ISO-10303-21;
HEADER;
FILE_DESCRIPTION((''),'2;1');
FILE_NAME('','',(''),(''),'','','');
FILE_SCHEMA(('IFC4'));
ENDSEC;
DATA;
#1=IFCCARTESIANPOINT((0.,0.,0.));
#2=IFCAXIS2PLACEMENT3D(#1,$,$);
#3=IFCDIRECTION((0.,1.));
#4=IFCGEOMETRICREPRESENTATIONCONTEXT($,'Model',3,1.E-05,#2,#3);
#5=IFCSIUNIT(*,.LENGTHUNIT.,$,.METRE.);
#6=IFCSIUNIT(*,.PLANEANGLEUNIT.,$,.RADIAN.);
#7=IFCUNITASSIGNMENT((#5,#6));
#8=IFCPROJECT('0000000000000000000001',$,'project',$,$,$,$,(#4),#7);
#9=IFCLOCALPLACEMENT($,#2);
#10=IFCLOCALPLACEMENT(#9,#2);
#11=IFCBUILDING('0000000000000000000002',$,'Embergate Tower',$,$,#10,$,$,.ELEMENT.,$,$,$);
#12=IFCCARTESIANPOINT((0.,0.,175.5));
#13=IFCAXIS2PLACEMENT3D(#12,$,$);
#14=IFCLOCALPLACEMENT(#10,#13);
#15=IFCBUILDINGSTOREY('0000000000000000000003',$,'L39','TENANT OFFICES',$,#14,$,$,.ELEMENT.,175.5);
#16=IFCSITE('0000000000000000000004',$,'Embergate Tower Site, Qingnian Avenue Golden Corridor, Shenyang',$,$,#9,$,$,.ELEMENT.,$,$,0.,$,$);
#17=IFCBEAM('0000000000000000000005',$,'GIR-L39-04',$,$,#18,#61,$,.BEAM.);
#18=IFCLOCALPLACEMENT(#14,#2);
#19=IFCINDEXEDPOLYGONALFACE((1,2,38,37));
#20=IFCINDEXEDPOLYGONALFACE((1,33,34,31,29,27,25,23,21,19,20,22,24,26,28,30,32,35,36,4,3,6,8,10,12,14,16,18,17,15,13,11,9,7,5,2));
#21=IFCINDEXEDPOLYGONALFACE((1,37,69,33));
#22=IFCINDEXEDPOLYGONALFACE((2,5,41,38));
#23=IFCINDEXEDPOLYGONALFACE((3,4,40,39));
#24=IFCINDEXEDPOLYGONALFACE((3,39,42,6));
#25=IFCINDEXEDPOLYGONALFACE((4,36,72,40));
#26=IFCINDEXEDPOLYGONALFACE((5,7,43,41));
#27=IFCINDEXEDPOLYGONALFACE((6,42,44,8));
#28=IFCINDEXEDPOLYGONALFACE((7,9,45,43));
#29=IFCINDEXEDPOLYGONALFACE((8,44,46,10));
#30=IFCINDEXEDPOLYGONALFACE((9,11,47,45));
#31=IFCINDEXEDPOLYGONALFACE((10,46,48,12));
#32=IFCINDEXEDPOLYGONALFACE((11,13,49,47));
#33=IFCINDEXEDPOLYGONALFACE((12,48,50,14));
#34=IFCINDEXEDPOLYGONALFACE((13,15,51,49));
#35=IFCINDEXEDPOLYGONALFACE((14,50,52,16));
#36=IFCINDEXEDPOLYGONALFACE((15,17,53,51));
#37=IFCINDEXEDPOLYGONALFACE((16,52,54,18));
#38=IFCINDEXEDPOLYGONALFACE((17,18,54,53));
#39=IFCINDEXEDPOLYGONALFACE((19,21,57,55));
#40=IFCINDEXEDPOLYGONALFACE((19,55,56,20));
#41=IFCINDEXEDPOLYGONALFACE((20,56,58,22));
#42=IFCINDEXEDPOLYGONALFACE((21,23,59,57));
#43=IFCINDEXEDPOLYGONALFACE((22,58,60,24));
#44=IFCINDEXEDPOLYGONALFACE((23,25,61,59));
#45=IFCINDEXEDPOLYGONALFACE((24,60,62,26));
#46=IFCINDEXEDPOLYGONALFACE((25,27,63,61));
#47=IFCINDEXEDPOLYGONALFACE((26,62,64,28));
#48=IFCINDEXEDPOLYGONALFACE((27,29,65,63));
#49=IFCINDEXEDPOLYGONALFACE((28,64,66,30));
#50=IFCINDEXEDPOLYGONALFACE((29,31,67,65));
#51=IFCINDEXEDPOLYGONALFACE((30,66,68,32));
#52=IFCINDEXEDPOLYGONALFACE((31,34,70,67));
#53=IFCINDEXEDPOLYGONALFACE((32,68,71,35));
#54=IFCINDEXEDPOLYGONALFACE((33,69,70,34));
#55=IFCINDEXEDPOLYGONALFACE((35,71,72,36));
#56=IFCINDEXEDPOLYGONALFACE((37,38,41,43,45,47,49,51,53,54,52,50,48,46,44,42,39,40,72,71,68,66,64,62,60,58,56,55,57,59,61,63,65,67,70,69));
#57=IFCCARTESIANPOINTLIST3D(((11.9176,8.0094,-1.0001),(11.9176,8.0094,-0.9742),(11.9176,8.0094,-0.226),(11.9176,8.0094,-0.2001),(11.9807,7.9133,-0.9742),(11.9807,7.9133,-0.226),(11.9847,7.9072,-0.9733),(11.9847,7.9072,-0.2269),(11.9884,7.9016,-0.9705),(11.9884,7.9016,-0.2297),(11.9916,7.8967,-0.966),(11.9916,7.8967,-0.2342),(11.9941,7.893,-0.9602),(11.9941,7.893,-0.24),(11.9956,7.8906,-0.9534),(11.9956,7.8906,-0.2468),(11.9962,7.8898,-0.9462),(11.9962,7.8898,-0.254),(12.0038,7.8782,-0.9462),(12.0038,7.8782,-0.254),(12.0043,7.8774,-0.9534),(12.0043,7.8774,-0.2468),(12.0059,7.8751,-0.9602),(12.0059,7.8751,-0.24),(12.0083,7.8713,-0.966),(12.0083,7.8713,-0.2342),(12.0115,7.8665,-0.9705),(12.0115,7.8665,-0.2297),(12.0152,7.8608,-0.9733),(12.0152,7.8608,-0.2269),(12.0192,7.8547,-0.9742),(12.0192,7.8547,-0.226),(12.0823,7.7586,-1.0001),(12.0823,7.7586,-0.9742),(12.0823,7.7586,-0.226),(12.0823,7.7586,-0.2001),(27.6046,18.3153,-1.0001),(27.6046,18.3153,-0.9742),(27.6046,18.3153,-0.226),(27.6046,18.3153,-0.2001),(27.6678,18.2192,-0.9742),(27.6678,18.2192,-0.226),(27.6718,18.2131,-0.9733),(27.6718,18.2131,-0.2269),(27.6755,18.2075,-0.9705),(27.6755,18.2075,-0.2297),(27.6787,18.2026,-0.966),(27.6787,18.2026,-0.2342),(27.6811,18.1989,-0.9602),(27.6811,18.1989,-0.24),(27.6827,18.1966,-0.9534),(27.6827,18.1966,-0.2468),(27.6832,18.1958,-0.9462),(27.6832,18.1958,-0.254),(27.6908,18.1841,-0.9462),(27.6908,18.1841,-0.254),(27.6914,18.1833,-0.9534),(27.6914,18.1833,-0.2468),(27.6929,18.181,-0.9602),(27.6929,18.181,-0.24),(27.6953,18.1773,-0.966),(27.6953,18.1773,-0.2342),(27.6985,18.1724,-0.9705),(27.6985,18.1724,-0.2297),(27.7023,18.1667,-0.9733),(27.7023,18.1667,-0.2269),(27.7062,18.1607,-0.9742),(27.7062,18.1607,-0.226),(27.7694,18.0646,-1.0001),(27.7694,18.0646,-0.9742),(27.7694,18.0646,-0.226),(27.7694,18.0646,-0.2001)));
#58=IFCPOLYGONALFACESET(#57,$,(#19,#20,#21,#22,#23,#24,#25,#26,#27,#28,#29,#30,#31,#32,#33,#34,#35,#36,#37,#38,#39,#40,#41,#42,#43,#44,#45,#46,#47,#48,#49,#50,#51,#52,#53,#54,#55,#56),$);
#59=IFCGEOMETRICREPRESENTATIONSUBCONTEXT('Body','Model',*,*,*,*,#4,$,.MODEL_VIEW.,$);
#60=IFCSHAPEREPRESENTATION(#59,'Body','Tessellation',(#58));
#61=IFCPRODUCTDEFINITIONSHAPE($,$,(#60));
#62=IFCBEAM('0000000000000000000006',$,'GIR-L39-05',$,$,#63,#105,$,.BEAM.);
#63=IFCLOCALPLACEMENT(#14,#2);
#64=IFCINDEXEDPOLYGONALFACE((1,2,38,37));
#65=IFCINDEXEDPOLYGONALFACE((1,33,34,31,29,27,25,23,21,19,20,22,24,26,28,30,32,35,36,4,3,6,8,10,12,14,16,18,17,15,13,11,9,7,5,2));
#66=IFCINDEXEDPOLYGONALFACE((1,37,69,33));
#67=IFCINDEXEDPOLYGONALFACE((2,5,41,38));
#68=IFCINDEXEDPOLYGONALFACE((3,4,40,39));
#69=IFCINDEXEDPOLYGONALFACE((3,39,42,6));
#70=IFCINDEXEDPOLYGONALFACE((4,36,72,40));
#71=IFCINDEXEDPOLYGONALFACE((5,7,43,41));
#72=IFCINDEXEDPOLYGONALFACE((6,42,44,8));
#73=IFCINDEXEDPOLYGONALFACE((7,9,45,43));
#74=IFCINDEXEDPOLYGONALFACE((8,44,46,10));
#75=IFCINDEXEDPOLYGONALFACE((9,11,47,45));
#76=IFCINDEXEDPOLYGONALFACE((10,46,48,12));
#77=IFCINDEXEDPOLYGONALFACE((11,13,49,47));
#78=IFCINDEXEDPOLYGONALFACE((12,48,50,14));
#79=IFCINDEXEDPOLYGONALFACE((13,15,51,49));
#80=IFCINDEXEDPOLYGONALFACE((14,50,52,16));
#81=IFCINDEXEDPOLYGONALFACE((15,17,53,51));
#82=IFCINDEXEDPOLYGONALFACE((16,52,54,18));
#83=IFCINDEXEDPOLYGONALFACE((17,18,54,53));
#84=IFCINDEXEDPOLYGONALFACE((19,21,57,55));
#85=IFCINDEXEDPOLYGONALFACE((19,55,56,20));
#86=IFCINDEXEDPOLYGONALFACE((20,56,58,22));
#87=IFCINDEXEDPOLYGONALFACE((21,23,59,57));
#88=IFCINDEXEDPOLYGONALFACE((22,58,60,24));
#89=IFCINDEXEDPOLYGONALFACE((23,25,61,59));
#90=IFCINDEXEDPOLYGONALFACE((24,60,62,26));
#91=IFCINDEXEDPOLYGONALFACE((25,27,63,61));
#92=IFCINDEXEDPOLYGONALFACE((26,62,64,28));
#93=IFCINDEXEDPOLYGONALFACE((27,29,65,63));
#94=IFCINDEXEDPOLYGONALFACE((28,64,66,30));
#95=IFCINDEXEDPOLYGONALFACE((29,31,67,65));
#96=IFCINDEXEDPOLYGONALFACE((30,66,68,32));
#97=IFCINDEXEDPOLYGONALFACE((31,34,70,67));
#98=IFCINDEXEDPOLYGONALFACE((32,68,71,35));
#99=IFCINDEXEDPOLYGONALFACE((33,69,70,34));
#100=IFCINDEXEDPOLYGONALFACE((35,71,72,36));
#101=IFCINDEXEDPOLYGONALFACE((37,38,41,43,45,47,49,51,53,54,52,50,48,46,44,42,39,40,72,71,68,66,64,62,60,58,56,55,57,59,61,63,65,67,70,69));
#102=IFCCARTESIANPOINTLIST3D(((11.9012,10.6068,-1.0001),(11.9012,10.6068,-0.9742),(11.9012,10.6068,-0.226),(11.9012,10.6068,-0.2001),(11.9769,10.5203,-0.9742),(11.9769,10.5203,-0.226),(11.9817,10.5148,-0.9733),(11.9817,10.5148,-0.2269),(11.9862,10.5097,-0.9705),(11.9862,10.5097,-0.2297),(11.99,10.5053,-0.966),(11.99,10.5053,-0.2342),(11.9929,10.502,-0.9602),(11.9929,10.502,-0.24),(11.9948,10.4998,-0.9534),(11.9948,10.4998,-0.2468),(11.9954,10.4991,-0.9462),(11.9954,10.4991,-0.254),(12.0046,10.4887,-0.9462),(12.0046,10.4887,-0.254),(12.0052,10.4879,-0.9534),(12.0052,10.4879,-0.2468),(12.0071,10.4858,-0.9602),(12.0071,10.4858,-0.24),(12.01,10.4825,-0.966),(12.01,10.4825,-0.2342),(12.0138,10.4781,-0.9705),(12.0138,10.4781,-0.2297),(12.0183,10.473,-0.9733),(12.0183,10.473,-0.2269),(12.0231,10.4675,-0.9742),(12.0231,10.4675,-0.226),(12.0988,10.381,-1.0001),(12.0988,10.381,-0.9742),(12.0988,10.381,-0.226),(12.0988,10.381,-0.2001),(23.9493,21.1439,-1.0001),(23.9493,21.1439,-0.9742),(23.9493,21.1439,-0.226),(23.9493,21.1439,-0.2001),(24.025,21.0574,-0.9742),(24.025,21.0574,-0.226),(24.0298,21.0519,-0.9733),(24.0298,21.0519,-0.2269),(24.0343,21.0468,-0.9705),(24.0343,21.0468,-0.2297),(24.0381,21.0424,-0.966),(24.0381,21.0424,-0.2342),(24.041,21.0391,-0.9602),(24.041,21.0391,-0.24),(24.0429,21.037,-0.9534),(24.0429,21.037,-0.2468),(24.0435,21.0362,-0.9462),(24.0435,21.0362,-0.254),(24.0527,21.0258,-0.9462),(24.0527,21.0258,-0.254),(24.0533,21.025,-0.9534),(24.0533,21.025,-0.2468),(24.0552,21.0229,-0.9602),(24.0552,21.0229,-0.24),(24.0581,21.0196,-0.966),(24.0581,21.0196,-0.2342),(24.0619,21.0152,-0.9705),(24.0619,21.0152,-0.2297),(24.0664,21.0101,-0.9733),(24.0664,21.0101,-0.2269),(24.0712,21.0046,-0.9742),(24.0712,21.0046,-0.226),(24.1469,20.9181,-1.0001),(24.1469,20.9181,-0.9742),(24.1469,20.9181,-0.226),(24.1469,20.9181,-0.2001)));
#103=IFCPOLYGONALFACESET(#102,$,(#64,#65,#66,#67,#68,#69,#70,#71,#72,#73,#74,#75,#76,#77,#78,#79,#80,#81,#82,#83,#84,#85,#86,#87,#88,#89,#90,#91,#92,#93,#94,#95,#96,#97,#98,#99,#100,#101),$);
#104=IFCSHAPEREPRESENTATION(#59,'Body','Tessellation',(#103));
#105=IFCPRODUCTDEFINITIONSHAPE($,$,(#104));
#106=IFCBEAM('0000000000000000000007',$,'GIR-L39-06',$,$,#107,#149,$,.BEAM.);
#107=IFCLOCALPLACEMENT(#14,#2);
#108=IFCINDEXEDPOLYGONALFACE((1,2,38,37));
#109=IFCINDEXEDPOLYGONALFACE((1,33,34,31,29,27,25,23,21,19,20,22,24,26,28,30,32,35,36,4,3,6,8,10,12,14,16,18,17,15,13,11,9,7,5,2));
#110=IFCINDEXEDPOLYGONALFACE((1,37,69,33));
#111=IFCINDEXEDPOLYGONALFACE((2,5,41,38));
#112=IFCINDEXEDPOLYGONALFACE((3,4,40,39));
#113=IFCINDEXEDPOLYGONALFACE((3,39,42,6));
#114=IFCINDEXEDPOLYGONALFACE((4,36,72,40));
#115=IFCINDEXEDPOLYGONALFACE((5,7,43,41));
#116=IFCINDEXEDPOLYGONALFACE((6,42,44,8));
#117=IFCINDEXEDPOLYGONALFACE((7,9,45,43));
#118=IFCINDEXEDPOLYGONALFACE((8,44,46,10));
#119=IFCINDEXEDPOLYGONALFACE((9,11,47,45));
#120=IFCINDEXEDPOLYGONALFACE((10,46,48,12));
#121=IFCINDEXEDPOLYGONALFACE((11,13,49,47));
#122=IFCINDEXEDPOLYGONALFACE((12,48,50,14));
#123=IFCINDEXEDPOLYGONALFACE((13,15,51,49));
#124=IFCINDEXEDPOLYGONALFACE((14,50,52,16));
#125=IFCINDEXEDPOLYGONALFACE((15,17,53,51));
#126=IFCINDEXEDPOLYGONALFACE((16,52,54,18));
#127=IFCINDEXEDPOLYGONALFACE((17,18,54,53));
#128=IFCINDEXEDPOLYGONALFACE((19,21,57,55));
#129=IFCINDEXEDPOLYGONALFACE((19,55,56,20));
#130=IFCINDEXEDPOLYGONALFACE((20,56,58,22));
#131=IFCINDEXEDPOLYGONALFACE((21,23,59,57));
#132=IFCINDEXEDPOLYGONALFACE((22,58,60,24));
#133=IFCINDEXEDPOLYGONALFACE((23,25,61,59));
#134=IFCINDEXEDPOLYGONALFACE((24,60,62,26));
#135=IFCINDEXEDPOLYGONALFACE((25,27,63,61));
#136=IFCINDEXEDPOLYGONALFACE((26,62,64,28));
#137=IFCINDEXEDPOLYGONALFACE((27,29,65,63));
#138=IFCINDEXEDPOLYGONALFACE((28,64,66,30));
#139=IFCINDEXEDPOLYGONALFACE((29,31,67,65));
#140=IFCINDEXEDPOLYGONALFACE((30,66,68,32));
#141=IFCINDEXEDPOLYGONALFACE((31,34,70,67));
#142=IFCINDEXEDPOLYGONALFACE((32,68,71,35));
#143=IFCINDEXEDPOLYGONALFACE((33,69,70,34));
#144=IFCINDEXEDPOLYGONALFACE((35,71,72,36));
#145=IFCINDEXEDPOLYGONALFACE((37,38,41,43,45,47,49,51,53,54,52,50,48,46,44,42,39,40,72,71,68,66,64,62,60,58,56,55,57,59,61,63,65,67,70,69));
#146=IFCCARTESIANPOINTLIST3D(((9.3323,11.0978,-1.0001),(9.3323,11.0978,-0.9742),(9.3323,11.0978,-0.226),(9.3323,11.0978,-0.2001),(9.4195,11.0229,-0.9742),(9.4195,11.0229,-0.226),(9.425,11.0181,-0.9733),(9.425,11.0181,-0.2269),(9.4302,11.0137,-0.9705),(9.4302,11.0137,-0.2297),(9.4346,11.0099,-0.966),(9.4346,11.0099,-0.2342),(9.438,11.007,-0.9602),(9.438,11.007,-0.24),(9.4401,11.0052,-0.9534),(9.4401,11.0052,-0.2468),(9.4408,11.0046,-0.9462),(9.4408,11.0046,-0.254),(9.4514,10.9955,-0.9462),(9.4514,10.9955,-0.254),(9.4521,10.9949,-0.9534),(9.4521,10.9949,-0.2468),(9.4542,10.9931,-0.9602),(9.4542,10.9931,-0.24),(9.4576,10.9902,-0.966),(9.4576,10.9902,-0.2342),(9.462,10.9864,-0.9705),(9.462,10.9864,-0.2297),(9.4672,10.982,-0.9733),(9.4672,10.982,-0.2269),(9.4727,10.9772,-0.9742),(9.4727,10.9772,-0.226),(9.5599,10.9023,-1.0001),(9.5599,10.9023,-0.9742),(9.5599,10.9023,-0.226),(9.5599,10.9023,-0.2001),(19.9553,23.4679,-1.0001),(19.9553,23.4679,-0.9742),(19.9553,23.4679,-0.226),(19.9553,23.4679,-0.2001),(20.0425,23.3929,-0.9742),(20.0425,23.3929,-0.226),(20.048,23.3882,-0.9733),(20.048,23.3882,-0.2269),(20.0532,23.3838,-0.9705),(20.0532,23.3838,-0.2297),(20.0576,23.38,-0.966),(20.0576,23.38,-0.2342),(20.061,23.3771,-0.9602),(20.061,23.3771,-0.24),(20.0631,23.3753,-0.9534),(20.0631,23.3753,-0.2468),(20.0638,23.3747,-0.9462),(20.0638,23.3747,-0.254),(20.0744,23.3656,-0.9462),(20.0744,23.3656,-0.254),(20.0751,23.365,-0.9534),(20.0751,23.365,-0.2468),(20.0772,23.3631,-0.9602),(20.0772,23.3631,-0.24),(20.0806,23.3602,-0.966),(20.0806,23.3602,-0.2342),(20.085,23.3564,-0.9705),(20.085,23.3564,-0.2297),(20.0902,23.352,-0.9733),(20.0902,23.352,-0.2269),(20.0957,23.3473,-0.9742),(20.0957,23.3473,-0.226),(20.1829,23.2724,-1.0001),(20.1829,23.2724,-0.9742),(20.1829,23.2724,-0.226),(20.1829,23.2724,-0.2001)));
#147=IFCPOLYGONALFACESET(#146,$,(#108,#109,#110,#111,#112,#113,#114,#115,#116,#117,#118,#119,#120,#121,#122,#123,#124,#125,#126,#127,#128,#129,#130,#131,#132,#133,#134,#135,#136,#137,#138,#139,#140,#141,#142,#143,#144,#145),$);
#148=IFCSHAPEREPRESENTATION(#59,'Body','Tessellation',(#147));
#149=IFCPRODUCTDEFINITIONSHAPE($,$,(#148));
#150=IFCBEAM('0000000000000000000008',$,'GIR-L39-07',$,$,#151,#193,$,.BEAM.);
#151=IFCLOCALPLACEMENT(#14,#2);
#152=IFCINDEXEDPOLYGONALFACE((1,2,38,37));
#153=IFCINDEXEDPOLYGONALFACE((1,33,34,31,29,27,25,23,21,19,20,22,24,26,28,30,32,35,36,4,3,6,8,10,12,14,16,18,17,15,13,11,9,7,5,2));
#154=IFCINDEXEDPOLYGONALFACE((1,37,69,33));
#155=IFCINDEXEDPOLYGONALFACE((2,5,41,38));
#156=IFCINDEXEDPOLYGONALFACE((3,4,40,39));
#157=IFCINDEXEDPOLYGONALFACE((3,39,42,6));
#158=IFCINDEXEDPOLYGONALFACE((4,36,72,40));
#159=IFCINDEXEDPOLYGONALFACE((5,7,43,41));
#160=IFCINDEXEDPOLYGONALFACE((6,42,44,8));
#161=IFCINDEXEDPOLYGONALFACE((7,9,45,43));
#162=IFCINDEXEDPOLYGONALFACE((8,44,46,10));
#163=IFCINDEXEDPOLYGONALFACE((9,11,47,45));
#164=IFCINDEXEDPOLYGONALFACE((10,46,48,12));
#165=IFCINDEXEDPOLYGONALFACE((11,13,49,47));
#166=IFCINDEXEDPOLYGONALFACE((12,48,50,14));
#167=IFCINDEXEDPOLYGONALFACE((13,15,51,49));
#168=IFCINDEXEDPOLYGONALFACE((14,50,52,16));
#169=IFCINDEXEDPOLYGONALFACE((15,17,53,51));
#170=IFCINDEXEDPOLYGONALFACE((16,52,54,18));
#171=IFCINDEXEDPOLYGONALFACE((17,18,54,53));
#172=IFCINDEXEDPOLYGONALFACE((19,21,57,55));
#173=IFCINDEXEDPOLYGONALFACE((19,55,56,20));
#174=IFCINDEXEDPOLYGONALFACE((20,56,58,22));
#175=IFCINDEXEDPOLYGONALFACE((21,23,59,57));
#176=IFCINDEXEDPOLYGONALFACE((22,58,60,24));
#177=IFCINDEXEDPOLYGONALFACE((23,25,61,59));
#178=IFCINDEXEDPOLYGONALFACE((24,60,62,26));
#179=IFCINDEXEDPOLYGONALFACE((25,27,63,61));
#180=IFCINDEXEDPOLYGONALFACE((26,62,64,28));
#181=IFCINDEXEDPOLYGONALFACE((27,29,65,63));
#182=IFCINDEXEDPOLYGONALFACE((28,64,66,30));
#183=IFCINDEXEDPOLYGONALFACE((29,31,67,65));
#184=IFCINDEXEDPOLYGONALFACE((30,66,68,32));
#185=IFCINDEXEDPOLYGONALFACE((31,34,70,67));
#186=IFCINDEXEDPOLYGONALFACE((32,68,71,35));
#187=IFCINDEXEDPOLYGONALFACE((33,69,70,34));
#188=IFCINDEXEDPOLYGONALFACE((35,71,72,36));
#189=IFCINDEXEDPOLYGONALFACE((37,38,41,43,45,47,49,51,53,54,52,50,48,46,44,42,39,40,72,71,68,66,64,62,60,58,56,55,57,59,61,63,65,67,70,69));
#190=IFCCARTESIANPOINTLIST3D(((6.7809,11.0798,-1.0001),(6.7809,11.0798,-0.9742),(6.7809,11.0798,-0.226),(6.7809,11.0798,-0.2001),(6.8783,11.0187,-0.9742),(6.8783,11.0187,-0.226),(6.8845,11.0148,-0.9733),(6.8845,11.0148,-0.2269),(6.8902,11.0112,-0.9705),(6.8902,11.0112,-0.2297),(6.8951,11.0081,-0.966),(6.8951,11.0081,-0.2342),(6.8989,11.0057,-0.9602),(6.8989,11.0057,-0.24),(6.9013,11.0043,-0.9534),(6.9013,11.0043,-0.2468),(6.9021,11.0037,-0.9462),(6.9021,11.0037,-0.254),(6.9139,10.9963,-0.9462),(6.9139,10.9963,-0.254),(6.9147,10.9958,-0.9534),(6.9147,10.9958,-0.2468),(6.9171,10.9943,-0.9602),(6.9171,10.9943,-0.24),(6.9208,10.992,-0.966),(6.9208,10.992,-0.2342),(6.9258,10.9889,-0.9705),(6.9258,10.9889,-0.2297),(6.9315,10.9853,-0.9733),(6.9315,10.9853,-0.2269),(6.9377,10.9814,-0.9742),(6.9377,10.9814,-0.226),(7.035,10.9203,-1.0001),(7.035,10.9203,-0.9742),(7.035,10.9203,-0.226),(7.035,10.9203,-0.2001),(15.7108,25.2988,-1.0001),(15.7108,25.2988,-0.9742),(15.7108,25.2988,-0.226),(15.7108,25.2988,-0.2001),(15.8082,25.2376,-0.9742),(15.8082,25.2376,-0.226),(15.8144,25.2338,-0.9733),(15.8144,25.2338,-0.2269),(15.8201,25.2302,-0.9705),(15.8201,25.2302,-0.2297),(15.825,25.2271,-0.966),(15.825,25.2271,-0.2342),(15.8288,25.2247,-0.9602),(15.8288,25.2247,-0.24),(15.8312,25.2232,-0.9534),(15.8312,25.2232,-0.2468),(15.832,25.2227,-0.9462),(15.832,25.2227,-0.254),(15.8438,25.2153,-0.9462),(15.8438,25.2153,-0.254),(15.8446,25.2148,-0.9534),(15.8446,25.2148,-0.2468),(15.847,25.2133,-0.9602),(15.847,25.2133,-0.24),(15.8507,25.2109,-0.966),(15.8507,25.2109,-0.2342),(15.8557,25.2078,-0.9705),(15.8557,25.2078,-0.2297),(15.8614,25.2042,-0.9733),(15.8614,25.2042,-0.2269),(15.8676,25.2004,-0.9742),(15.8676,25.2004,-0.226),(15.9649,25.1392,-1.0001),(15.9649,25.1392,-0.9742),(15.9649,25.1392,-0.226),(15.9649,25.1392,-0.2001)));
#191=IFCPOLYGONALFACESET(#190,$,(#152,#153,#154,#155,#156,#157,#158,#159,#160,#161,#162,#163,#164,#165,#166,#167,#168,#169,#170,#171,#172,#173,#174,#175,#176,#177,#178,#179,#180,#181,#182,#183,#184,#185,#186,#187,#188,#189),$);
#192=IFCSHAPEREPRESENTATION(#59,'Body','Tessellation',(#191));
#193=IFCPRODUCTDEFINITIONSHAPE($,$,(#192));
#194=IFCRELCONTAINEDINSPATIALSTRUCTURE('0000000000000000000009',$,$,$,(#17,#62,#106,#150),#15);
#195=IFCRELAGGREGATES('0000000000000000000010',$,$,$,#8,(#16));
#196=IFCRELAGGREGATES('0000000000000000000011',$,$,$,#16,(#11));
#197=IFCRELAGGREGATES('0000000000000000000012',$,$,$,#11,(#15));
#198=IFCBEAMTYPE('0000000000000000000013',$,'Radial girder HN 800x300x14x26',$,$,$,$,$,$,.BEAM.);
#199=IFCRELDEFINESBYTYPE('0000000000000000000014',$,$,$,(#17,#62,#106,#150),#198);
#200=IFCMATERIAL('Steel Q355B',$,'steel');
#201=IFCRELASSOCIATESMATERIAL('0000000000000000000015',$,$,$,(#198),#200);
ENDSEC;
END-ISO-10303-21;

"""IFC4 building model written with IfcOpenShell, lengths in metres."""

from ifc_helpers import new_model, si_unit, direction, frame, origin, origin_2d, place, context, subcontext, project, spatial, i_section, extrude, source, transform, mapped, material, material_profile, profile_set, type_object, element, save


model = new_model("IFC4")

# Units and contexts
model_context = context("Model", 3, precision=1e-05, world=origin(), true_north=direction((0.0, 1.0)))
body_context = subcontext(model_context, "Body", "Model", "MODEL_VIEW")
ifc_project = project(units=[si_unit("LENGTHUNIT", "METRE"), si_unit("PLANEANGLEUNIT", "RADIAN")], contexts=[model_context])

# Site, building, storey
site_placement = place(None, origin())
site = spatial("IfcSite", under=ifc_project, at=site_placement, Name="Embergate Tower Site, Qingnian Avenue Golden Corridor, Shenyang", CompositionType="ELEMENT", RefElevation=0.0)
building_placement = place(site_placement, origin())
building = spatial("IfcBuilding", under=site, at=building_placement, Name="Embergate Tower", CompositionType="ELEMENT")
storey_placement = place(building_placement, frame((0.0, 0.0, 175.5)))
storey = spatial("IfcBuildingStorey", under=building, at=storey_placement, Name="L39", Description="TENANT OFFICES", CompositionType="ELEMENT", Elevation=175.5)

# Beams
ifc_material_1 = material(Name="Steel Q355B", Category="steel")
ifc_material_profile_1 = material_profile(ifc_material_1, i_section(OverallWidth=0.3, OverallDepth=0.8, WebThickness=0.0139, FlangeThickness=0.0259, FilletRadius=0.0281, at=origin_2d()), Name="HN 800x300x14x26")
ifc_profile_set_1 = profile_set([ifc_material_profile_1], Name="Steel Q355 grade B")
beam_type_1 = type_object("IfcBeamType", Name="Radial girder HN 800x300x14x26", PredefinedType="BEAM", material=ifc_profile_set_1)
shared_shape_1 = source(origin(), body_context, "Body", "SweptSolid", [
    extrude(i_section(OverallWidth=0.3, OverallDepth=0.8, WebThickness=0.0139, FlangeThickness=0.0259, FilletRadius=0.0281, at=origin_2d()), origin(), (0.0, 0.0, 1.0), 18.7695),
])
beam_1_placement = place(storey_placement, frame((27.687, 18.1899, -0.6001), z_axis=(-0.835771, -0.549077, 0.0), x_axis=(0.549077, -0.835771, 0.0)))
element("IfcBeam", 1, at=beam_1_placement, inside=storey, type_object=beam_type_1, Name="GIR-L39-04", PredefinedType="BEAM", context=body_context, shape_type="MappedRepresentation", body=[
    mapped(shared_shape_1, transform((0.0, 0.0, 0.0))),
])
shared_shape_2 = source(origin(), body_context, "Body", "SweptSolid", [
    extrude(i_section(OverallWidth=0.3, OverallDepth=0.8, WebThickness=0.0139, FlangeThickness=0.0259, FilletRadius=0.0281, at=origin_2d()), origin(), (0.0, 0.0, 1.0), 16.0059),
])
beam_2_placement = place(storey_placement, frame((24.0481, 21.031, -0.6001), z_axis=(-0.752731, -0.658329, 0.0), x_axis=(0.658329, -0.752731, 0.0)))
element("IfcBeam", 2, at=beam_2_placement, inside=storey, type_object=beam_type_1, Name="GIR-L39-05", PredefinedType="BEAM", context=body_context, shape_type="MappedRepresentation", body=[
    mapped(shared_shape_2, transform((0.0, 0.0, 0.0))),
])
shared_shape_3 = source(origin(), body_context, "Body", "SweptSolid", [
    extrude(i_section(OverallWidth=0.3, OverallDepth=0.8, WebThickness=0.0139, FlangeThickness=0.0259, FilletRadius=0.0281, at=origin_2d()), origin(), (0.0, 0.0, 1.0), 16.3054),
])
beam_3_placement = place(storey_placement, frame((20.0691, 23.3701, -0.6001), z_axis=(-0.651501, -0.758647, 0.0), x_axis=(0.758647, -0.651501, 0.0)))
element("IfcBeam", 3, at=beam_3_placement, inside=storey, type_object=beam_type_1, Name="GIR-L39-06", PredefinedType="BEAM", context=body_context, shape_type="MappedRepresentation", body=[
    mapped(shared_shape_3, transform((0.0, 0.0, 0.0))),
])
shared_shape_4 = source(origin(), body_context, "Body", "SweptSolid", [
    extrude(i_section(OverallWidth=0.3, OverallDepth=0.8, WebThickness=0.0139, FlangeThickness=0.0259, FilletRadius=0.0281, at=origin_2d()), origin(), (0.0, 0.0, 1.0), 16.7905),
])
beam_4_placement = place(storey_placement, frame((15.8379, 25.219, -0.6001), z_axis=(-0.531842, -0.846844, 0.0), x_axis=(0.846844, -0.531842, 0.0)))
element("IfcBeam", 4, at=beam_4_placement, inside=storey, type_object=beam_type_1, Name="GIR-L39-07", PredefinedType="BEAM", context=body_context, shape_type="MappedRepresentation", body=[
    mapped(shared_shape_4, transform((0.0, 0.0, 0.0))),
])

save(model, "model.ifc")
